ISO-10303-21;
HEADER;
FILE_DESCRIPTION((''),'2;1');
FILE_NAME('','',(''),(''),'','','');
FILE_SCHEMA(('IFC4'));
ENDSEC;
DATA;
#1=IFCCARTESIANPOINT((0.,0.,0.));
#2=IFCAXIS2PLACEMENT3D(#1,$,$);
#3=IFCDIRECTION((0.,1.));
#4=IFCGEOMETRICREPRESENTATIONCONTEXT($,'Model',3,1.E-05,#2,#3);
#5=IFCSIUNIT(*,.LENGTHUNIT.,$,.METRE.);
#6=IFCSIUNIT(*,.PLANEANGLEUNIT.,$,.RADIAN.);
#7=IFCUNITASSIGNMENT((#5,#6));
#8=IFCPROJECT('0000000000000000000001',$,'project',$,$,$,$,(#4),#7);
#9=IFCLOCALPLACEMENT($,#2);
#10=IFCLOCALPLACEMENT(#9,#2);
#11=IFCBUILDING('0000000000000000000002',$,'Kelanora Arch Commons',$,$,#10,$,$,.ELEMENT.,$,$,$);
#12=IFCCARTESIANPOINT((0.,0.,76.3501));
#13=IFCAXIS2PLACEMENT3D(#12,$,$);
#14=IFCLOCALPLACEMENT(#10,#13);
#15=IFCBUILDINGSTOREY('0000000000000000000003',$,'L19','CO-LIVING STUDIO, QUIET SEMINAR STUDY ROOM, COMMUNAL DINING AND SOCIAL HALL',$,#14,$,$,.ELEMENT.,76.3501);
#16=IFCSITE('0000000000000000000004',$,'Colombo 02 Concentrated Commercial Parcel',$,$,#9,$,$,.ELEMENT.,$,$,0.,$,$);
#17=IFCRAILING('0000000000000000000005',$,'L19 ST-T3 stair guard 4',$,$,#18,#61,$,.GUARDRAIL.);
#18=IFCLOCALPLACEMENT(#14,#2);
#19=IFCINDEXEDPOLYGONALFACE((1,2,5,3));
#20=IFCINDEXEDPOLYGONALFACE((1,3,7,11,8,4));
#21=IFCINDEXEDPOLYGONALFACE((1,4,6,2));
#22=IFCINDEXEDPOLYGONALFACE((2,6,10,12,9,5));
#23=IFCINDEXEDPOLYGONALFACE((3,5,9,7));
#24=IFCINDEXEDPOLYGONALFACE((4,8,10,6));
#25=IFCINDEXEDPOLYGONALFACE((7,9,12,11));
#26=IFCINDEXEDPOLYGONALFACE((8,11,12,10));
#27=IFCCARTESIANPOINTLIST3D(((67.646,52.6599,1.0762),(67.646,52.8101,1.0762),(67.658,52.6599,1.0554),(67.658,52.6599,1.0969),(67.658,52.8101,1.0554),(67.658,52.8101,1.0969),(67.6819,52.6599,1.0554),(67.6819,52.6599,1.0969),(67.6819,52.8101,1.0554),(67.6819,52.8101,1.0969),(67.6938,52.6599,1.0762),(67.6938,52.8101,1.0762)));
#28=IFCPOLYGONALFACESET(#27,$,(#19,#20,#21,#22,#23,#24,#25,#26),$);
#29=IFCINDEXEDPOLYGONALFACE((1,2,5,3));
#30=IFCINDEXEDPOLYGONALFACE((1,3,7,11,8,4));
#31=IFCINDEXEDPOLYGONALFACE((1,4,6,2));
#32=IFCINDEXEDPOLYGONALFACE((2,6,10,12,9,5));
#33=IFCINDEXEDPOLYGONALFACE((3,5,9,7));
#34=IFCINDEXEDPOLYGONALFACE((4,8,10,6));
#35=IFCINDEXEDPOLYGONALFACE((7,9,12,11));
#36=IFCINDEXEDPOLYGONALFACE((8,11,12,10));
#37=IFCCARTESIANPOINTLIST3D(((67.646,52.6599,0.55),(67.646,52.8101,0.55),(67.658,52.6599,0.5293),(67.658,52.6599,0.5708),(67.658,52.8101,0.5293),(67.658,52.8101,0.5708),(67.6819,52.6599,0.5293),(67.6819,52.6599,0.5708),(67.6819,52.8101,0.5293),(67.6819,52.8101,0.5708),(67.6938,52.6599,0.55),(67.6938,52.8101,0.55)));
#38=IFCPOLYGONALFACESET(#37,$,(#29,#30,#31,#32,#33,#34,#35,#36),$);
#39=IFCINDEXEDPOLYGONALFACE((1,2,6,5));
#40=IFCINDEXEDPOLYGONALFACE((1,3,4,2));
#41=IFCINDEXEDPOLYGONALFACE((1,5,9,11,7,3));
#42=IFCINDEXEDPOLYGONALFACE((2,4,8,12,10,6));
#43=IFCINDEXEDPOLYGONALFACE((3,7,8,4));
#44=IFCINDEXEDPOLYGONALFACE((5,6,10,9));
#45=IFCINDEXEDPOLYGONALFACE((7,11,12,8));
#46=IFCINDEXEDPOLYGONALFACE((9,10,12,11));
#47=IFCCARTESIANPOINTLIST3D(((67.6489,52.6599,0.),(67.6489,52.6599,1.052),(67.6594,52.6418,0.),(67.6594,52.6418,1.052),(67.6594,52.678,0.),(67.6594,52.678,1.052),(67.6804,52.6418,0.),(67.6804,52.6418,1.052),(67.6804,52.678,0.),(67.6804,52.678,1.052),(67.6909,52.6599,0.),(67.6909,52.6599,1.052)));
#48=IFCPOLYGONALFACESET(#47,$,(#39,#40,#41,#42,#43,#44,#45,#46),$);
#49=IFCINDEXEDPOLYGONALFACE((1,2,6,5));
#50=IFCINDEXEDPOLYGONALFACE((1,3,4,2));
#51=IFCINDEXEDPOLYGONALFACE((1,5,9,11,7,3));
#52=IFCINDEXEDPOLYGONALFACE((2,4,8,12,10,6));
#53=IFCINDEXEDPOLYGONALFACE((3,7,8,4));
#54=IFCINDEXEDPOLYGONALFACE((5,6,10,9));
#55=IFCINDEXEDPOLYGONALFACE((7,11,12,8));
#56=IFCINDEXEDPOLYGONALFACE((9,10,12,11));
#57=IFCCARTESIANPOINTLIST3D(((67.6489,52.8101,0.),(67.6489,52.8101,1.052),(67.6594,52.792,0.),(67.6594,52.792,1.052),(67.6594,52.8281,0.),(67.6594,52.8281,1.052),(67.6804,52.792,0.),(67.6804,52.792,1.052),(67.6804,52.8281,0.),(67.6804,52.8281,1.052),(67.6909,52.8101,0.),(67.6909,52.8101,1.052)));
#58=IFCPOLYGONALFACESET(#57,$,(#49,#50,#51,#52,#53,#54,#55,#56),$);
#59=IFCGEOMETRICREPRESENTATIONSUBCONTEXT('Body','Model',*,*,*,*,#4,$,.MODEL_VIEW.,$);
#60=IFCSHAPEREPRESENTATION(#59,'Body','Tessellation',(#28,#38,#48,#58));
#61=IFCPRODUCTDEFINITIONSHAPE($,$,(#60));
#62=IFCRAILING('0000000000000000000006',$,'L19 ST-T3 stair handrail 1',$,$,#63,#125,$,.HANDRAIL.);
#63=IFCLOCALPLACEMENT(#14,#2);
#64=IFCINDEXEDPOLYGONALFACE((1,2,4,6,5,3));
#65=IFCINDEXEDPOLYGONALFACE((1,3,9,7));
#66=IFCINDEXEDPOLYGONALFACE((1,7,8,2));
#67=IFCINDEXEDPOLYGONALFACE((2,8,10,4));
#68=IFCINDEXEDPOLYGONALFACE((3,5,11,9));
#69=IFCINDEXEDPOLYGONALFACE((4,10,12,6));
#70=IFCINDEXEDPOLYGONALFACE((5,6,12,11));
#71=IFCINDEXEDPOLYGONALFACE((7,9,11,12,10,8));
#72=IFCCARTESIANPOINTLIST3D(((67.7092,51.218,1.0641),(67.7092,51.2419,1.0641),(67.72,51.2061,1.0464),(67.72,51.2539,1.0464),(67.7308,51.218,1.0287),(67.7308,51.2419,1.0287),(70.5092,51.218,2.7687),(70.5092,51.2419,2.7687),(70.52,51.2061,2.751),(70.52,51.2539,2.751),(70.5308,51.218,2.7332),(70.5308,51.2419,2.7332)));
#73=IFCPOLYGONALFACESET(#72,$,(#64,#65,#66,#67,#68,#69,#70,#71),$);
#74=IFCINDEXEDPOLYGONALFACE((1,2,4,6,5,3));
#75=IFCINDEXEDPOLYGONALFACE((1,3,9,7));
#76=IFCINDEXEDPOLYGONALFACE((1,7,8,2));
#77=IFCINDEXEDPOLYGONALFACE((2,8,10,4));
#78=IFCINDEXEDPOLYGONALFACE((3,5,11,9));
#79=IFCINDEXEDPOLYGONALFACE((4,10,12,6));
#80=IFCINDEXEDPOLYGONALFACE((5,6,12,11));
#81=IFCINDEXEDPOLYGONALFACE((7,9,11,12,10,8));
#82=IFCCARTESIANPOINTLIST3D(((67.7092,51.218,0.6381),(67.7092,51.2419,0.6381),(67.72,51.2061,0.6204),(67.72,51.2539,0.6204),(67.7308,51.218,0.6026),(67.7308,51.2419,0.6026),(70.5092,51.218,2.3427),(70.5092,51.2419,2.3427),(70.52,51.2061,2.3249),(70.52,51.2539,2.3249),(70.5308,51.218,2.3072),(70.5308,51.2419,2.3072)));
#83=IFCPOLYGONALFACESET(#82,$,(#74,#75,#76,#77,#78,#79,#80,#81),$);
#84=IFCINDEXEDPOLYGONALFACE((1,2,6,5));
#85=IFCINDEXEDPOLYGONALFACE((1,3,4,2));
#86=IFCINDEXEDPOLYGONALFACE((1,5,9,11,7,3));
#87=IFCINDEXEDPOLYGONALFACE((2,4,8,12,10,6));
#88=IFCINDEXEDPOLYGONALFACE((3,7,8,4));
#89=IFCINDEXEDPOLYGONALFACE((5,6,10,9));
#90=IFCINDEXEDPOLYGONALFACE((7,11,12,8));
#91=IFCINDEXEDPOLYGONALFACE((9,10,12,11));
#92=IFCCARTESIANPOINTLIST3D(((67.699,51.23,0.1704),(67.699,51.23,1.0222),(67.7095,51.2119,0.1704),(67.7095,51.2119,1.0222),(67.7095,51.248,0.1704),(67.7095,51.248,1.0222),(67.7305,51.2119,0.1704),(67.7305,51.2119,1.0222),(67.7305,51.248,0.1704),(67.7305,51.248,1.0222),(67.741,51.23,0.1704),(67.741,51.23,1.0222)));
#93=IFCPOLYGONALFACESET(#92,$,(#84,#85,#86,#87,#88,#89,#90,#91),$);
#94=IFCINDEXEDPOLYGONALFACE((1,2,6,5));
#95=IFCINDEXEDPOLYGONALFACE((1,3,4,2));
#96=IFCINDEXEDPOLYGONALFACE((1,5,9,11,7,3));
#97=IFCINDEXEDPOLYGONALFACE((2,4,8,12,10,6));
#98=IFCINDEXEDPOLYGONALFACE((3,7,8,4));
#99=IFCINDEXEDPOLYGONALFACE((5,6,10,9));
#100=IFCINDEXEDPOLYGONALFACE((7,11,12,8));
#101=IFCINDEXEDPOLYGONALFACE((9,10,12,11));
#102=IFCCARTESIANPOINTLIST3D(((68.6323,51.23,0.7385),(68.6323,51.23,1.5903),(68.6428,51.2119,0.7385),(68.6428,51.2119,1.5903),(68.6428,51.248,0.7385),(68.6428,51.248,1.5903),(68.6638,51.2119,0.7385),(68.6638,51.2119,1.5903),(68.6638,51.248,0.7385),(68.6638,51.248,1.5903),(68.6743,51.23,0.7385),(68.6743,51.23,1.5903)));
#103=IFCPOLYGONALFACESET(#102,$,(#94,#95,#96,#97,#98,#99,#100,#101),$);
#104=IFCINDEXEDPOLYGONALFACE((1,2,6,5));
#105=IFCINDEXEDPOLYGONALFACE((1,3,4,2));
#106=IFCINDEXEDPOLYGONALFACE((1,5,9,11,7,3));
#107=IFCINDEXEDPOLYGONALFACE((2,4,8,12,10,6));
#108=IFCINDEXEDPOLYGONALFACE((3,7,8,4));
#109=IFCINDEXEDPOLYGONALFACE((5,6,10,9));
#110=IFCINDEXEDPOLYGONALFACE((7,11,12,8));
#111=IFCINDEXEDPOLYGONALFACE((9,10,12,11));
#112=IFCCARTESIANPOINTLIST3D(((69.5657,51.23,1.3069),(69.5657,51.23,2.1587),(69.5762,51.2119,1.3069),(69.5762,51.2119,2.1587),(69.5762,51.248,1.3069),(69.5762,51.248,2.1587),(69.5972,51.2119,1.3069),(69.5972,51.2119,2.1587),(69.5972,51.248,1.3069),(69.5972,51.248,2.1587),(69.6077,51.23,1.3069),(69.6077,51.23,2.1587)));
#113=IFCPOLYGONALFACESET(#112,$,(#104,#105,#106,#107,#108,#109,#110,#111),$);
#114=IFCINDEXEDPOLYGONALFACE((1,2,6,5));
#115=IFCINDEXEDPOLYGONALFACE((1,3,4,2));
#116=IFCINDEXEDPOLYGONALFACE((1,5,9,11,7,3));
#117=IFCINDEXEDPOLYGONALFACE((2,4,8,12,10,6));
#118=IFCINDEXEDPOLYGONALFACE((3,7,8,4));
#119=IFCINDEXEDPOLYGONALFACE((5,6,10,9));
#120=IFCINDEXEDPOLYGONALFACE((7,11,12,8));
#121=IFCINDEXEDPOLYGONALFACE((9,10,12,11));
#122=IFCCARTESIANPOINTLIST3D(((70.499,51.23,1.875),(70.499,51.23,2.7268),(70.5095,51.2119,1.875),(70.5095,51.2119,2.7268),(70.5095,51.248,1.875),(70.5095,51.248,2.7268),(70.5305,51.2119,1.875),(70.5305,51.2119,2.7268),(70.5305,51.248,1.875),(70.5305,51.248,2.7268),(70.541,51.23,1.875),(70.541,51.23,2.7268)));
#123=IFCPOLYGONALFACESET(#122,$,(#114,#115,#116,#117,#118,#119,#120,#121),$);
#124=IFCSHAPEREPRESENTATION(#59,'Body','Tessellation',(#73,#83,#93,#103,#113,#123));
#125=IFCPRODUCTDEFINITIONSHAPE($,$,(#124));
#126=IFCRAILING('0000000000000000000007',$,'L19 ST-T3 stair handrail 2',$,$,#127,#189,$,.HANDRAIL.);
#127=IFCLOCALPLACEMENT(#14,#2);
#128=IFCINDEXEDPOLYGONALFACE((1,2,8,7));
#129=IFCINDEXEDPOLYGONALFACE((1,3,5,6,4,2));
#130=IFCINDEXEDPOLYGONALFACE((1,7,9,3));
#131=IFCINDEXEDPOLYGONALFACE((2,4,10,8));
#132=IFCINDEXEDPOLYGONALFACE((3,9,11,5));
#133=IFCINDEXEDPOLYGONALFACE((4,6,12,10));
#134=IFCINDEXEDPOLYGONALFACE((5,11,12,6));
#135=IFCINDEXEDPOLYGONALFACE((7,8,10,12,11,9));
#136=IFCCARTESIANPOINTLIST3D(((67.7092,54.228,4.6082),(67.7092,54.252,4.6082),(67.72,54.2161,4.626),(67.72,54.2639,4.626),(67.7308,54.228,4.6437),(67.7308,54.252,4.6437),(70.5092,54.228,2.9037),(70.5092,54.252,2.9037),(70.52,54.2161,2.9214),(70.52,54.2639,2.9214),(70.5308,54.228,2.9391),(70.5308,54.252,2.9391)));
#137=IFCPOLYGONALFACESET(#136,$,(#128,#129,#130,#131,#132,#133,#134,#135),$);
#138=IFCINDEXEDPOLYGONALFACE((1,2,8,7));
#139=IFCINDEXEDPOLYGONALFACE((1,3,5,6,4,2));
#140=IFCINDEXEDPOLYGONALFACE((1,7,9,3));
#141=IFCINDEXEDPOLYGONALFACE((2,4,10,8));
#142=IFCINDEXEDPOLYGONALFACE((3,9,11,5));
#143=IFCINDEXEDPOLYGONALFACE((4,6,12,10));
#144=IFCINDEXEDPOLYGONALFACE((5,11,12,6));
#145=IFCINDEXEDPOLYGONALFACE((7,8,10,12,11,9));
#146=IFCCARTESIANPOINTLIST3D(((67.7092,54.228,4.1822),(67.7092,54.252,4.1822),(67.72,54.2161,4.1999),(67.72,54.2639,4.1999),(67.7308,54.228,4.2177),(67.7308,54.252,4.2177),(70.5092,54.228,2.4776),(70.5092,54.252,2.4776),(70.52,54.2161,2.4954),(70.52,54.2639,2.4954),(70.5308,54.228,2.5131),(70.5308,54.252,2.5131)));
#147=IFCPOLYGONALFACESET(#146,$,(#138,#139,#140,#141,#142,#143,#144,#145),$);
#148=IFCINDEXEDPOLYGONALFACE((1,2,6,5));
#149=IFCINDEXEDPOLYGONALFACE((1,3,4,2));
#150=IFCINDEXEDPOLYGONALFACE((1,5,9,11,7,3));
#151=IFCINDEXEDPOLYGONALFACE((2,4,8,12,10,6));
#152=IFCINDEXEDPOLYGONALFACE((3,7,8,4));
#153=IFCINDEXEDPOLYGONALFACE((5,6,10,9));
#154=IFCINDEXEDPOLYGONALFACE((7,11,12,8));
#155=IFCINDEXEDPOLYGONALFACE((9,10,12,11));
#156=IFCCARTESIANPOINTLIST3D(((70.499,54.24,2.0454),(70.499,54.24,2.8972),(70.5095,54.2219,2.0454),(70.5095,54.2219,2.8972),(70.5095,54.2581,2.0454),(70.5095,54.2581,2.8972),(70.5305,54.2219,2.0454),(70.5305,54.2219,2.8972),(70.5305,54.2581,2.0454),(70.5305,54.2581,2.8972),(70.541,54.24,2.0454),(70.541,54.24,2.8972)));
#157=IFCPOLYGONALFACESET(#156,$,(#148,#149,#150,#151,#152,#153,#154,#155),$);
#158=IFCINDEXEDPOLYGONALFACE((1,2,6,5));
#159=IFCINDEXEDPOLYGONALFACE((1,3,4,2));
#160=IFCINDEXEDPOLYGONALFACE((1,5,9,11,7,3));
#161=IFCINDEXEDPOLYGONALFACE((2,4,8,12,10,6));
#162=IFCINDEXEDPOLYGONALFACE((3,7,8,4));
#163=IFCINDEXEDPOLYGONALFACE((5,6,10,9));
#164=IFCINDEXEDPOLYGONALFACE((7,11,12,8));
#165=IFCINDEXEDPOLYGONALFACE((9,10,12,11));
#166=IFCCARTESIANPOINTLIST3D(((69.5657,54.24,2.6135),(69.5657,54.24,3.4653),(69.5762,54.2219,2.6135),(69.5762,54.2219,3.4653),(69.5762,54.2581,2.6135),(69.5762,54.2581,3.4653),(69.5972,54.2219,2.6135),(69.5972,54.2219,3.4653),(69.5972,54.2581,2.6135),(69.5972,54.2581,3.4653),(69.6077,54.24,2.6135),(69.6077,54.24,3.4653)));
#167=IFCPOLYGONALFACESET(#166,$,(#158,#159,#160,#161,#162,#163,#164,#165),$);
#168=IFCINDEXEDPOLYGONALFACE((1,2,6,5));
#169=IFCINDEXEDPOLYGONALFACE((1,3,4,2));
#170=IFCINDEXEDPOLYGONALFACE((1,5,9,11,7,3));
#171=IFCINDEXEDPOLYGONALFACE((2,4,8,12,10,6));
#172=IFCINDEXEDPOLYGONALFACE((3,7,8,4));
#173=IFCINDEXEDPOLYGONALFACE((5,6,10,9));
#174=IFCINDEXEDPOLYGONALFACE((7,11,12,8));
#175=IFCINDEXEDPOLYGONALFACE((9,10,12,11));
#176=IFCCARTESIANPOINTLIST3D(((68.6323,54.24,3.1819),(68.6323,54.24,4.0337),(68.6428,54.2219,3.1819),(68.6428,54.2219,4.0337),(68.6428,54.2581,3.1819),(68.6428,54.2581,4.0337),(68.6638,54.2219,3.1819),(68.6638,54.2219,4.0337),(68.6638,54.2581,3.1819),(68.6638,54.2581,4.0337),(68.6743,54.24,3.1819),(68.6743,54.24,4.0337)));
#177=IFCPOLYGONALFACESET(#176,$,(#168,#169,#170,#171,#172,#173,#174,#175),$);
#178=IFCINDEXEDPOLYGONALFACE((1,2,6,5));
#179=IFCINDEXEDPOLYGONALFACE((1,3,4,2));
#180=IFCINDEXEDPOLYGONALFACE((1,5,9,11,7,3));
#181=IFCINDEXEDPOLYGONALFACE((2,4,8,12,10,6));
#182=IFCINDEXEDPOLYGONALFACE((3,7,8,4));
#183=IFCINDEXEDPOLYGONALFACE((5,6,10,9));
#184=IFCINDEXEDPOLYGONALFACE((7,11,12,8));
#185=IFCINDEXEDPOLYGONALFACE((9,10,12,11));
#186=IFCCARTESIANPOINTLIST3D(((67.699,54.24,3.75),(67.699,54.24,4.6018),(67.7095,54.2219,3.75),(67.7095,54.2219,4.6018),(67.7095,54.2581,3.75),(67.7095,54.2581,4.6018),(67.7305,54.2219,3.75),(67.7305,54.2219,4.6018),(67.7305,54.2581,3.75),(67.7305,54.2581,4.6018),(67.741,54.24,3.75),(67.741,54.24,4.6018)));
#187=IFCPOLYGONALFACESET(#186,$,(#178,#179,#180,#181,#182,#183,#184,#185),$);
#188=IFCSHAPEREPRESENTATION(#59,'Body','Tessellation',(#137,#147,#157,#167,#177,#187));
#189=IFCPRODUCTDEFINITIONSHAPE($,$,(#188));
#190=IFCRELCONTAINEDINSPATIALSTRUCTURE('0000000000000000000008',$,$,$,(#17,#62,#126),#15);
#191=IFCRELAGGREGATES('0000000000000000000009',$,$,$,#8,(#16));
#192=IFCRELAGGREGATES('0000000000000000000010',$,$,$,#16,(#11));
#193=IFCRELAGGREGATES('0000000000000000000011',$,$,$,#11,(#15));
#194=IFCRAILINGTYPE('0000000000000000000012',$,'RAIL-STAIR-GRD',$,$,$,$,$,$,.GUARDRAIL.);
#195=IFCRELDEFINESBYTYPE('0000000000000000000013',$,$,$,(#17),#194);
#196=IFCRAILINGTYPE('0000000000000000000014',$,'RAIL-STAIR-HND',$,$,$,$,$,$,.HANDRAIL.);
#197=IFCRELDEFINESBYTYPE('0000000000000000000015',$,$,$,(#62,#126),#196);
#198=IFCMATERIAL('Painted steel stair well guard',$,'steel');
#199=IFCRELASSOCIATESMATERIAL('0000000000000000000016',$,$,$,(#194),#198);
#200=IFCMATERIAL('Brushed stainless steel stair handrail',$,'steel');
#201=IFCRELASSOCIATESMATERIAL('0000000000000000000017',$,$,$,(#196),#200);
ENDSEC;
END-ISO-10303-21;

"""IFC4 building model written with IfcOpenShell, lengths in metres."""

from ifc_helpers import new_model, si_unit, direction, frame, origin, place, context, subcontext, project, spatial, polyline, outline, extrude, material, type_object, element, save


model = new_model("IFC4")

# Units and contexts
model_context = context("Model", 3, precision=1e-05, world=origin(), true_north=direction((0.0, 1.0)))
body_context = subcontext(model_context, "Body", "Model", "MODEL_VIEW")
ifc_project = project(units=[si_unit("LENGTHUNIT", "METRE"), si_unit("PLANEANGLEUNIT", "RADIAN")], contexts=[model_context])

# Site, building, storey
site_placement = place(None, origin())
site = spatial("IfcSite", under=ifc_project, at=site_placement, Name="Colombo 02 Concentrated Commercial Parcel", CompositionType="ELEMENT", RefElevation=0.0)
building_placement = place(site_placement, origin())
building = spatial("IfcBuilding", under=site, at=building_placement, Name="Kelanora Arch Commons", CompositionType="ELEMENT")
storey_placement = place(building_placement, frame((0.0, 0.0, 76.3501)))
storey = spatial("IfcBuildingStorey", under=building, at=storey_placement, Name="L19", Description="CO-LIVING STUDIO, QUIET SEMINAR STUDY ROOM, COMMUNAL DINING AND SOCIAL HALL", CompositionType="ELEMENT", Elevation=76.3501)

# Railings
ifc_material_1 = material(Name="Painted steel stair well guard", Category="steel")
railing_type_1 = type_object("IfcRailingType", Name="RAIL-STAIR-GRD", PredefinedType="GUARDRAIL", material=ifc_material_1)
railing_1_placement = place(storey_placement, frame((67.6699, 52.6599, 0.0)))
element("IfcRailing", 1, at=railing_1_placement, inside=storey, type_object=railing_type_1, Name="L19 ST-T3 stair guard 4", PredefinedType="GUARDRAIL", context=body_context, shape_type="SweptSolid", body=[
    extrude(outline(polyline([(0.0239, 0.0), (0.012, 0.0208), (-0.012, 0.0208), (-0.0239, 0.0), (-0.012, -0.0208), (0.012, -0.0208), (0.0239, 0.0)])), frame((0.0, 0.0, 1.0762), z_axis=(0.0, 1.0, 0.0), x_axis=(-1.0, 0.0, 0.0)), (0.0, 0.0, 1.0), 0.1501),
    extrude(outline(polyline([(0.0239, 0.0), (0.012, 0.0208), (-0.012, 0.0208), (-0.0239, 0.0), (-0.012, -0.0208), (0.012, -0.0208), (0.0239, 0.0)])), frame((0.0, 0.0, 0.55), z_axis=(0.0, 1.0, 0.0), x_axis=(-1.0, 0.0, 0.0)), (0.0, 0.0, 1.0), 0.1501),
    extrude(outline(polyline([(0.021, 0.0), (0.0105, 0.0181), (-0.0105, 0.0181), (-0.021, 0.0), (-0.0105, -0.0181), (0.0105, -0.0181), (0.021, 0.0)])), origin(), (0.0, 0.0, 1.0), 1.052),
    extrude(outline(polyline([(0.021, 0.0), (0.0105, 0.0181), (-0.0105, 0.0181), (-0.021, 0.0), (-0.0105, -0.0181), (0.0105, -0.0181), (0.021, 0.0)])), frame((0.0, 0.1501, 0.0)), (0.0, 0.0, 1.0), 1.052),
])
ifc_material_2 = material(Name="Brushed stainless steel stair handrail", Category="steel")
railing_type_2 = type_object("IfcRailingType", Name="RAIL-STAIR-HND", PredefinedType="HANDRAIL", material=ifc_material_2)
railing_2_placement = place(storey_placement, frame((67.72, 51.23, 0.1704)))
element("IfcRailing", 2, at=railing_2_placement, inside=storey, type_object=railing_type_2, Name="L19 ST-T3 stair handrail 1", PredefinedType="HANDRAIL", context=body_context, shape_type="SweptSolid", body=[
    extrude(outline(polyline([(0.0239, 0.0), (0.012, 0.0208), (-0.012, 0.0208), (-0.0239, 0.0), (-0.012, -0.0208), (0.012, -0.0208), (0.0239, 0.0)])), frame((0.0, 0.0, 0.876), z_axis=(0.85417, 0.0, 0.519994), x_axis=(0.0, 1.0, 0.0)), (0.0, 0.0, 1.0), 3.2781),
    extrude(outline(polyline([(0.0239, 0.0), (0.012, 0.0208), (-0.012, 0.0208), (-0.0239, 0.0), (-0.012, -0.0208), (0.012, -0.0208), (0.0239, 0.0)])), frame((0.0, 0.0, 0.45), z_axis=(0.85417, 0.0, 0.519994), x_axis=(0.0, 1.0, 0.0)), (0.0, 0.0, 1.0), 3.2781),
    extrude(outline(polyline([(0.021, 0.0), (0.0105, 0.0181), (-0.0105, 0.0181), (-0.021, 0.0), (-0.0105, -0.0181), (0.0105, -0.0181), (0.021, 0.0)])), origin(), (0.0, 0.0, 1.0), 0.8518),
    extrude(outline(polyline([(0.021, 0.0), (0.0105, 0.0181), (-0.0105, 0.0181), (-0.021, 0.0), (-0.0105, -0.0181), (0.0105, -0.0181), (0.021, 0.0)])), frame((0.9333, 0.0, 0.5681)), (0.0, 0.0, 1.0), 0.8518),
    extrude(outline(polyline([(0.021, 0.0), (0.0105, 0.0181), (-0.0105, 0.0181), (-0.021, 0.0), (-0.0105, -0.0181), (0.0105, -0.0181), (0.021, 0.0)])), frame((1.8667, 0.0, 1.1365)), (0.0, 0.0, 1.0), 0.8518),
    extrude(outline(polyline([(0.021, 0.0), (0.0105, 0.0181), (-0.0105, 0.0181), (-0.021, 0.0), (-0.0105, -0.0181), (0.0105, -0.0181), (0.021, 0.0)])), frame((2.8, 0.0, 1.7046)), (0.0, 0.0, 1.0), 0.8518),
])
railing_3_placement = place(storey_placement, frame((70.52, 54.24, 2.0454)))
element("IfcRailing", 3, at=railing_3_placement, inside=storey, type_object=railing_type_2, Name="L19 ST-T3 stair handrail 2", PredefinedType="HANDRAIL", context=body_context, shape_type="SweptSolid", body=[
    extrude(outline(polyline([(0.0239, 0.0), (0.012, 0.0208), (-0.012, 0.0208), (-0.0239, 0.0), (-0.012, -0.0208), (0.012, -0.0208), (0.0239, 0.0)])), frame((0.0, 0.0, 0.876), z_axis=(-0.85417, 0.0, 0.519994), x_axis=(0.0, -1.0, 0.0)), (0.0, 0.0, 1.0), 3.2781),
    extrude(outline(polyline([(0.0239, 0.0), (0.012, 0.0208), (-0.012, 0.0208), (-0.0239, 0.0), (-0.012, -0.0208), (0.012, -0.0208), (0.0239, 0.0)])), frame((0.0, 0.0, 0.45), z_axis=(-0.85417, 0.0, 0.519994), x_axis=(0.0, -1.0, 0.0)), (0.0, 0.0, 1.0), 3.2781),
    extrude(outline(polyline([(0.021, 0.0), (0.0105, 0.0181), (-0.0105, 0.0181), (-0.021, 0.0), (-0.0105, -0.0181), (0.0105, -0.0181), (0.021, 0.0)])), origin(), (0.0, 0.0, 1.0), 0.8518),
    extrude(outline(polyline([(0.021, 0.0), (0.0105, 0.0181), (-0.0105, 0.0181), (-0.021, 0.0), (-0.0105, -0.0181), (0.0105, -0.0181), (0.021, 0.0)])), frame((-0.9333, 0.0, 0.5681)), (0.0, 0.0, 1.0), 0.8518),
    extrude(outline(polyline([(0.021, 0.0), (0.0105, 0.0181), (-0.0105, 0.0181), (-0.021, 0.0), (-0.0105, -0.0181), (0.0105, -0.0181), (0.021, 0.0)])), frame((-1.8667, 0.0, 1.1365)), (0.0, 0.0, 1.0), 0.8518),
    extrude(outline(polyline([(0.021, 0.0), (0.0105, 0.0181), (-0.0105, 0.0181), (-0.021, 0.0), (-0.0105, -0.0181), (0.0105, -0.0181), (0.021, 0.0)])), frame((-2.8, 0.0, 1.7046)), (0.0, 0.0, 1.0), 0.8518),
])

save(model, "model.ifc")
